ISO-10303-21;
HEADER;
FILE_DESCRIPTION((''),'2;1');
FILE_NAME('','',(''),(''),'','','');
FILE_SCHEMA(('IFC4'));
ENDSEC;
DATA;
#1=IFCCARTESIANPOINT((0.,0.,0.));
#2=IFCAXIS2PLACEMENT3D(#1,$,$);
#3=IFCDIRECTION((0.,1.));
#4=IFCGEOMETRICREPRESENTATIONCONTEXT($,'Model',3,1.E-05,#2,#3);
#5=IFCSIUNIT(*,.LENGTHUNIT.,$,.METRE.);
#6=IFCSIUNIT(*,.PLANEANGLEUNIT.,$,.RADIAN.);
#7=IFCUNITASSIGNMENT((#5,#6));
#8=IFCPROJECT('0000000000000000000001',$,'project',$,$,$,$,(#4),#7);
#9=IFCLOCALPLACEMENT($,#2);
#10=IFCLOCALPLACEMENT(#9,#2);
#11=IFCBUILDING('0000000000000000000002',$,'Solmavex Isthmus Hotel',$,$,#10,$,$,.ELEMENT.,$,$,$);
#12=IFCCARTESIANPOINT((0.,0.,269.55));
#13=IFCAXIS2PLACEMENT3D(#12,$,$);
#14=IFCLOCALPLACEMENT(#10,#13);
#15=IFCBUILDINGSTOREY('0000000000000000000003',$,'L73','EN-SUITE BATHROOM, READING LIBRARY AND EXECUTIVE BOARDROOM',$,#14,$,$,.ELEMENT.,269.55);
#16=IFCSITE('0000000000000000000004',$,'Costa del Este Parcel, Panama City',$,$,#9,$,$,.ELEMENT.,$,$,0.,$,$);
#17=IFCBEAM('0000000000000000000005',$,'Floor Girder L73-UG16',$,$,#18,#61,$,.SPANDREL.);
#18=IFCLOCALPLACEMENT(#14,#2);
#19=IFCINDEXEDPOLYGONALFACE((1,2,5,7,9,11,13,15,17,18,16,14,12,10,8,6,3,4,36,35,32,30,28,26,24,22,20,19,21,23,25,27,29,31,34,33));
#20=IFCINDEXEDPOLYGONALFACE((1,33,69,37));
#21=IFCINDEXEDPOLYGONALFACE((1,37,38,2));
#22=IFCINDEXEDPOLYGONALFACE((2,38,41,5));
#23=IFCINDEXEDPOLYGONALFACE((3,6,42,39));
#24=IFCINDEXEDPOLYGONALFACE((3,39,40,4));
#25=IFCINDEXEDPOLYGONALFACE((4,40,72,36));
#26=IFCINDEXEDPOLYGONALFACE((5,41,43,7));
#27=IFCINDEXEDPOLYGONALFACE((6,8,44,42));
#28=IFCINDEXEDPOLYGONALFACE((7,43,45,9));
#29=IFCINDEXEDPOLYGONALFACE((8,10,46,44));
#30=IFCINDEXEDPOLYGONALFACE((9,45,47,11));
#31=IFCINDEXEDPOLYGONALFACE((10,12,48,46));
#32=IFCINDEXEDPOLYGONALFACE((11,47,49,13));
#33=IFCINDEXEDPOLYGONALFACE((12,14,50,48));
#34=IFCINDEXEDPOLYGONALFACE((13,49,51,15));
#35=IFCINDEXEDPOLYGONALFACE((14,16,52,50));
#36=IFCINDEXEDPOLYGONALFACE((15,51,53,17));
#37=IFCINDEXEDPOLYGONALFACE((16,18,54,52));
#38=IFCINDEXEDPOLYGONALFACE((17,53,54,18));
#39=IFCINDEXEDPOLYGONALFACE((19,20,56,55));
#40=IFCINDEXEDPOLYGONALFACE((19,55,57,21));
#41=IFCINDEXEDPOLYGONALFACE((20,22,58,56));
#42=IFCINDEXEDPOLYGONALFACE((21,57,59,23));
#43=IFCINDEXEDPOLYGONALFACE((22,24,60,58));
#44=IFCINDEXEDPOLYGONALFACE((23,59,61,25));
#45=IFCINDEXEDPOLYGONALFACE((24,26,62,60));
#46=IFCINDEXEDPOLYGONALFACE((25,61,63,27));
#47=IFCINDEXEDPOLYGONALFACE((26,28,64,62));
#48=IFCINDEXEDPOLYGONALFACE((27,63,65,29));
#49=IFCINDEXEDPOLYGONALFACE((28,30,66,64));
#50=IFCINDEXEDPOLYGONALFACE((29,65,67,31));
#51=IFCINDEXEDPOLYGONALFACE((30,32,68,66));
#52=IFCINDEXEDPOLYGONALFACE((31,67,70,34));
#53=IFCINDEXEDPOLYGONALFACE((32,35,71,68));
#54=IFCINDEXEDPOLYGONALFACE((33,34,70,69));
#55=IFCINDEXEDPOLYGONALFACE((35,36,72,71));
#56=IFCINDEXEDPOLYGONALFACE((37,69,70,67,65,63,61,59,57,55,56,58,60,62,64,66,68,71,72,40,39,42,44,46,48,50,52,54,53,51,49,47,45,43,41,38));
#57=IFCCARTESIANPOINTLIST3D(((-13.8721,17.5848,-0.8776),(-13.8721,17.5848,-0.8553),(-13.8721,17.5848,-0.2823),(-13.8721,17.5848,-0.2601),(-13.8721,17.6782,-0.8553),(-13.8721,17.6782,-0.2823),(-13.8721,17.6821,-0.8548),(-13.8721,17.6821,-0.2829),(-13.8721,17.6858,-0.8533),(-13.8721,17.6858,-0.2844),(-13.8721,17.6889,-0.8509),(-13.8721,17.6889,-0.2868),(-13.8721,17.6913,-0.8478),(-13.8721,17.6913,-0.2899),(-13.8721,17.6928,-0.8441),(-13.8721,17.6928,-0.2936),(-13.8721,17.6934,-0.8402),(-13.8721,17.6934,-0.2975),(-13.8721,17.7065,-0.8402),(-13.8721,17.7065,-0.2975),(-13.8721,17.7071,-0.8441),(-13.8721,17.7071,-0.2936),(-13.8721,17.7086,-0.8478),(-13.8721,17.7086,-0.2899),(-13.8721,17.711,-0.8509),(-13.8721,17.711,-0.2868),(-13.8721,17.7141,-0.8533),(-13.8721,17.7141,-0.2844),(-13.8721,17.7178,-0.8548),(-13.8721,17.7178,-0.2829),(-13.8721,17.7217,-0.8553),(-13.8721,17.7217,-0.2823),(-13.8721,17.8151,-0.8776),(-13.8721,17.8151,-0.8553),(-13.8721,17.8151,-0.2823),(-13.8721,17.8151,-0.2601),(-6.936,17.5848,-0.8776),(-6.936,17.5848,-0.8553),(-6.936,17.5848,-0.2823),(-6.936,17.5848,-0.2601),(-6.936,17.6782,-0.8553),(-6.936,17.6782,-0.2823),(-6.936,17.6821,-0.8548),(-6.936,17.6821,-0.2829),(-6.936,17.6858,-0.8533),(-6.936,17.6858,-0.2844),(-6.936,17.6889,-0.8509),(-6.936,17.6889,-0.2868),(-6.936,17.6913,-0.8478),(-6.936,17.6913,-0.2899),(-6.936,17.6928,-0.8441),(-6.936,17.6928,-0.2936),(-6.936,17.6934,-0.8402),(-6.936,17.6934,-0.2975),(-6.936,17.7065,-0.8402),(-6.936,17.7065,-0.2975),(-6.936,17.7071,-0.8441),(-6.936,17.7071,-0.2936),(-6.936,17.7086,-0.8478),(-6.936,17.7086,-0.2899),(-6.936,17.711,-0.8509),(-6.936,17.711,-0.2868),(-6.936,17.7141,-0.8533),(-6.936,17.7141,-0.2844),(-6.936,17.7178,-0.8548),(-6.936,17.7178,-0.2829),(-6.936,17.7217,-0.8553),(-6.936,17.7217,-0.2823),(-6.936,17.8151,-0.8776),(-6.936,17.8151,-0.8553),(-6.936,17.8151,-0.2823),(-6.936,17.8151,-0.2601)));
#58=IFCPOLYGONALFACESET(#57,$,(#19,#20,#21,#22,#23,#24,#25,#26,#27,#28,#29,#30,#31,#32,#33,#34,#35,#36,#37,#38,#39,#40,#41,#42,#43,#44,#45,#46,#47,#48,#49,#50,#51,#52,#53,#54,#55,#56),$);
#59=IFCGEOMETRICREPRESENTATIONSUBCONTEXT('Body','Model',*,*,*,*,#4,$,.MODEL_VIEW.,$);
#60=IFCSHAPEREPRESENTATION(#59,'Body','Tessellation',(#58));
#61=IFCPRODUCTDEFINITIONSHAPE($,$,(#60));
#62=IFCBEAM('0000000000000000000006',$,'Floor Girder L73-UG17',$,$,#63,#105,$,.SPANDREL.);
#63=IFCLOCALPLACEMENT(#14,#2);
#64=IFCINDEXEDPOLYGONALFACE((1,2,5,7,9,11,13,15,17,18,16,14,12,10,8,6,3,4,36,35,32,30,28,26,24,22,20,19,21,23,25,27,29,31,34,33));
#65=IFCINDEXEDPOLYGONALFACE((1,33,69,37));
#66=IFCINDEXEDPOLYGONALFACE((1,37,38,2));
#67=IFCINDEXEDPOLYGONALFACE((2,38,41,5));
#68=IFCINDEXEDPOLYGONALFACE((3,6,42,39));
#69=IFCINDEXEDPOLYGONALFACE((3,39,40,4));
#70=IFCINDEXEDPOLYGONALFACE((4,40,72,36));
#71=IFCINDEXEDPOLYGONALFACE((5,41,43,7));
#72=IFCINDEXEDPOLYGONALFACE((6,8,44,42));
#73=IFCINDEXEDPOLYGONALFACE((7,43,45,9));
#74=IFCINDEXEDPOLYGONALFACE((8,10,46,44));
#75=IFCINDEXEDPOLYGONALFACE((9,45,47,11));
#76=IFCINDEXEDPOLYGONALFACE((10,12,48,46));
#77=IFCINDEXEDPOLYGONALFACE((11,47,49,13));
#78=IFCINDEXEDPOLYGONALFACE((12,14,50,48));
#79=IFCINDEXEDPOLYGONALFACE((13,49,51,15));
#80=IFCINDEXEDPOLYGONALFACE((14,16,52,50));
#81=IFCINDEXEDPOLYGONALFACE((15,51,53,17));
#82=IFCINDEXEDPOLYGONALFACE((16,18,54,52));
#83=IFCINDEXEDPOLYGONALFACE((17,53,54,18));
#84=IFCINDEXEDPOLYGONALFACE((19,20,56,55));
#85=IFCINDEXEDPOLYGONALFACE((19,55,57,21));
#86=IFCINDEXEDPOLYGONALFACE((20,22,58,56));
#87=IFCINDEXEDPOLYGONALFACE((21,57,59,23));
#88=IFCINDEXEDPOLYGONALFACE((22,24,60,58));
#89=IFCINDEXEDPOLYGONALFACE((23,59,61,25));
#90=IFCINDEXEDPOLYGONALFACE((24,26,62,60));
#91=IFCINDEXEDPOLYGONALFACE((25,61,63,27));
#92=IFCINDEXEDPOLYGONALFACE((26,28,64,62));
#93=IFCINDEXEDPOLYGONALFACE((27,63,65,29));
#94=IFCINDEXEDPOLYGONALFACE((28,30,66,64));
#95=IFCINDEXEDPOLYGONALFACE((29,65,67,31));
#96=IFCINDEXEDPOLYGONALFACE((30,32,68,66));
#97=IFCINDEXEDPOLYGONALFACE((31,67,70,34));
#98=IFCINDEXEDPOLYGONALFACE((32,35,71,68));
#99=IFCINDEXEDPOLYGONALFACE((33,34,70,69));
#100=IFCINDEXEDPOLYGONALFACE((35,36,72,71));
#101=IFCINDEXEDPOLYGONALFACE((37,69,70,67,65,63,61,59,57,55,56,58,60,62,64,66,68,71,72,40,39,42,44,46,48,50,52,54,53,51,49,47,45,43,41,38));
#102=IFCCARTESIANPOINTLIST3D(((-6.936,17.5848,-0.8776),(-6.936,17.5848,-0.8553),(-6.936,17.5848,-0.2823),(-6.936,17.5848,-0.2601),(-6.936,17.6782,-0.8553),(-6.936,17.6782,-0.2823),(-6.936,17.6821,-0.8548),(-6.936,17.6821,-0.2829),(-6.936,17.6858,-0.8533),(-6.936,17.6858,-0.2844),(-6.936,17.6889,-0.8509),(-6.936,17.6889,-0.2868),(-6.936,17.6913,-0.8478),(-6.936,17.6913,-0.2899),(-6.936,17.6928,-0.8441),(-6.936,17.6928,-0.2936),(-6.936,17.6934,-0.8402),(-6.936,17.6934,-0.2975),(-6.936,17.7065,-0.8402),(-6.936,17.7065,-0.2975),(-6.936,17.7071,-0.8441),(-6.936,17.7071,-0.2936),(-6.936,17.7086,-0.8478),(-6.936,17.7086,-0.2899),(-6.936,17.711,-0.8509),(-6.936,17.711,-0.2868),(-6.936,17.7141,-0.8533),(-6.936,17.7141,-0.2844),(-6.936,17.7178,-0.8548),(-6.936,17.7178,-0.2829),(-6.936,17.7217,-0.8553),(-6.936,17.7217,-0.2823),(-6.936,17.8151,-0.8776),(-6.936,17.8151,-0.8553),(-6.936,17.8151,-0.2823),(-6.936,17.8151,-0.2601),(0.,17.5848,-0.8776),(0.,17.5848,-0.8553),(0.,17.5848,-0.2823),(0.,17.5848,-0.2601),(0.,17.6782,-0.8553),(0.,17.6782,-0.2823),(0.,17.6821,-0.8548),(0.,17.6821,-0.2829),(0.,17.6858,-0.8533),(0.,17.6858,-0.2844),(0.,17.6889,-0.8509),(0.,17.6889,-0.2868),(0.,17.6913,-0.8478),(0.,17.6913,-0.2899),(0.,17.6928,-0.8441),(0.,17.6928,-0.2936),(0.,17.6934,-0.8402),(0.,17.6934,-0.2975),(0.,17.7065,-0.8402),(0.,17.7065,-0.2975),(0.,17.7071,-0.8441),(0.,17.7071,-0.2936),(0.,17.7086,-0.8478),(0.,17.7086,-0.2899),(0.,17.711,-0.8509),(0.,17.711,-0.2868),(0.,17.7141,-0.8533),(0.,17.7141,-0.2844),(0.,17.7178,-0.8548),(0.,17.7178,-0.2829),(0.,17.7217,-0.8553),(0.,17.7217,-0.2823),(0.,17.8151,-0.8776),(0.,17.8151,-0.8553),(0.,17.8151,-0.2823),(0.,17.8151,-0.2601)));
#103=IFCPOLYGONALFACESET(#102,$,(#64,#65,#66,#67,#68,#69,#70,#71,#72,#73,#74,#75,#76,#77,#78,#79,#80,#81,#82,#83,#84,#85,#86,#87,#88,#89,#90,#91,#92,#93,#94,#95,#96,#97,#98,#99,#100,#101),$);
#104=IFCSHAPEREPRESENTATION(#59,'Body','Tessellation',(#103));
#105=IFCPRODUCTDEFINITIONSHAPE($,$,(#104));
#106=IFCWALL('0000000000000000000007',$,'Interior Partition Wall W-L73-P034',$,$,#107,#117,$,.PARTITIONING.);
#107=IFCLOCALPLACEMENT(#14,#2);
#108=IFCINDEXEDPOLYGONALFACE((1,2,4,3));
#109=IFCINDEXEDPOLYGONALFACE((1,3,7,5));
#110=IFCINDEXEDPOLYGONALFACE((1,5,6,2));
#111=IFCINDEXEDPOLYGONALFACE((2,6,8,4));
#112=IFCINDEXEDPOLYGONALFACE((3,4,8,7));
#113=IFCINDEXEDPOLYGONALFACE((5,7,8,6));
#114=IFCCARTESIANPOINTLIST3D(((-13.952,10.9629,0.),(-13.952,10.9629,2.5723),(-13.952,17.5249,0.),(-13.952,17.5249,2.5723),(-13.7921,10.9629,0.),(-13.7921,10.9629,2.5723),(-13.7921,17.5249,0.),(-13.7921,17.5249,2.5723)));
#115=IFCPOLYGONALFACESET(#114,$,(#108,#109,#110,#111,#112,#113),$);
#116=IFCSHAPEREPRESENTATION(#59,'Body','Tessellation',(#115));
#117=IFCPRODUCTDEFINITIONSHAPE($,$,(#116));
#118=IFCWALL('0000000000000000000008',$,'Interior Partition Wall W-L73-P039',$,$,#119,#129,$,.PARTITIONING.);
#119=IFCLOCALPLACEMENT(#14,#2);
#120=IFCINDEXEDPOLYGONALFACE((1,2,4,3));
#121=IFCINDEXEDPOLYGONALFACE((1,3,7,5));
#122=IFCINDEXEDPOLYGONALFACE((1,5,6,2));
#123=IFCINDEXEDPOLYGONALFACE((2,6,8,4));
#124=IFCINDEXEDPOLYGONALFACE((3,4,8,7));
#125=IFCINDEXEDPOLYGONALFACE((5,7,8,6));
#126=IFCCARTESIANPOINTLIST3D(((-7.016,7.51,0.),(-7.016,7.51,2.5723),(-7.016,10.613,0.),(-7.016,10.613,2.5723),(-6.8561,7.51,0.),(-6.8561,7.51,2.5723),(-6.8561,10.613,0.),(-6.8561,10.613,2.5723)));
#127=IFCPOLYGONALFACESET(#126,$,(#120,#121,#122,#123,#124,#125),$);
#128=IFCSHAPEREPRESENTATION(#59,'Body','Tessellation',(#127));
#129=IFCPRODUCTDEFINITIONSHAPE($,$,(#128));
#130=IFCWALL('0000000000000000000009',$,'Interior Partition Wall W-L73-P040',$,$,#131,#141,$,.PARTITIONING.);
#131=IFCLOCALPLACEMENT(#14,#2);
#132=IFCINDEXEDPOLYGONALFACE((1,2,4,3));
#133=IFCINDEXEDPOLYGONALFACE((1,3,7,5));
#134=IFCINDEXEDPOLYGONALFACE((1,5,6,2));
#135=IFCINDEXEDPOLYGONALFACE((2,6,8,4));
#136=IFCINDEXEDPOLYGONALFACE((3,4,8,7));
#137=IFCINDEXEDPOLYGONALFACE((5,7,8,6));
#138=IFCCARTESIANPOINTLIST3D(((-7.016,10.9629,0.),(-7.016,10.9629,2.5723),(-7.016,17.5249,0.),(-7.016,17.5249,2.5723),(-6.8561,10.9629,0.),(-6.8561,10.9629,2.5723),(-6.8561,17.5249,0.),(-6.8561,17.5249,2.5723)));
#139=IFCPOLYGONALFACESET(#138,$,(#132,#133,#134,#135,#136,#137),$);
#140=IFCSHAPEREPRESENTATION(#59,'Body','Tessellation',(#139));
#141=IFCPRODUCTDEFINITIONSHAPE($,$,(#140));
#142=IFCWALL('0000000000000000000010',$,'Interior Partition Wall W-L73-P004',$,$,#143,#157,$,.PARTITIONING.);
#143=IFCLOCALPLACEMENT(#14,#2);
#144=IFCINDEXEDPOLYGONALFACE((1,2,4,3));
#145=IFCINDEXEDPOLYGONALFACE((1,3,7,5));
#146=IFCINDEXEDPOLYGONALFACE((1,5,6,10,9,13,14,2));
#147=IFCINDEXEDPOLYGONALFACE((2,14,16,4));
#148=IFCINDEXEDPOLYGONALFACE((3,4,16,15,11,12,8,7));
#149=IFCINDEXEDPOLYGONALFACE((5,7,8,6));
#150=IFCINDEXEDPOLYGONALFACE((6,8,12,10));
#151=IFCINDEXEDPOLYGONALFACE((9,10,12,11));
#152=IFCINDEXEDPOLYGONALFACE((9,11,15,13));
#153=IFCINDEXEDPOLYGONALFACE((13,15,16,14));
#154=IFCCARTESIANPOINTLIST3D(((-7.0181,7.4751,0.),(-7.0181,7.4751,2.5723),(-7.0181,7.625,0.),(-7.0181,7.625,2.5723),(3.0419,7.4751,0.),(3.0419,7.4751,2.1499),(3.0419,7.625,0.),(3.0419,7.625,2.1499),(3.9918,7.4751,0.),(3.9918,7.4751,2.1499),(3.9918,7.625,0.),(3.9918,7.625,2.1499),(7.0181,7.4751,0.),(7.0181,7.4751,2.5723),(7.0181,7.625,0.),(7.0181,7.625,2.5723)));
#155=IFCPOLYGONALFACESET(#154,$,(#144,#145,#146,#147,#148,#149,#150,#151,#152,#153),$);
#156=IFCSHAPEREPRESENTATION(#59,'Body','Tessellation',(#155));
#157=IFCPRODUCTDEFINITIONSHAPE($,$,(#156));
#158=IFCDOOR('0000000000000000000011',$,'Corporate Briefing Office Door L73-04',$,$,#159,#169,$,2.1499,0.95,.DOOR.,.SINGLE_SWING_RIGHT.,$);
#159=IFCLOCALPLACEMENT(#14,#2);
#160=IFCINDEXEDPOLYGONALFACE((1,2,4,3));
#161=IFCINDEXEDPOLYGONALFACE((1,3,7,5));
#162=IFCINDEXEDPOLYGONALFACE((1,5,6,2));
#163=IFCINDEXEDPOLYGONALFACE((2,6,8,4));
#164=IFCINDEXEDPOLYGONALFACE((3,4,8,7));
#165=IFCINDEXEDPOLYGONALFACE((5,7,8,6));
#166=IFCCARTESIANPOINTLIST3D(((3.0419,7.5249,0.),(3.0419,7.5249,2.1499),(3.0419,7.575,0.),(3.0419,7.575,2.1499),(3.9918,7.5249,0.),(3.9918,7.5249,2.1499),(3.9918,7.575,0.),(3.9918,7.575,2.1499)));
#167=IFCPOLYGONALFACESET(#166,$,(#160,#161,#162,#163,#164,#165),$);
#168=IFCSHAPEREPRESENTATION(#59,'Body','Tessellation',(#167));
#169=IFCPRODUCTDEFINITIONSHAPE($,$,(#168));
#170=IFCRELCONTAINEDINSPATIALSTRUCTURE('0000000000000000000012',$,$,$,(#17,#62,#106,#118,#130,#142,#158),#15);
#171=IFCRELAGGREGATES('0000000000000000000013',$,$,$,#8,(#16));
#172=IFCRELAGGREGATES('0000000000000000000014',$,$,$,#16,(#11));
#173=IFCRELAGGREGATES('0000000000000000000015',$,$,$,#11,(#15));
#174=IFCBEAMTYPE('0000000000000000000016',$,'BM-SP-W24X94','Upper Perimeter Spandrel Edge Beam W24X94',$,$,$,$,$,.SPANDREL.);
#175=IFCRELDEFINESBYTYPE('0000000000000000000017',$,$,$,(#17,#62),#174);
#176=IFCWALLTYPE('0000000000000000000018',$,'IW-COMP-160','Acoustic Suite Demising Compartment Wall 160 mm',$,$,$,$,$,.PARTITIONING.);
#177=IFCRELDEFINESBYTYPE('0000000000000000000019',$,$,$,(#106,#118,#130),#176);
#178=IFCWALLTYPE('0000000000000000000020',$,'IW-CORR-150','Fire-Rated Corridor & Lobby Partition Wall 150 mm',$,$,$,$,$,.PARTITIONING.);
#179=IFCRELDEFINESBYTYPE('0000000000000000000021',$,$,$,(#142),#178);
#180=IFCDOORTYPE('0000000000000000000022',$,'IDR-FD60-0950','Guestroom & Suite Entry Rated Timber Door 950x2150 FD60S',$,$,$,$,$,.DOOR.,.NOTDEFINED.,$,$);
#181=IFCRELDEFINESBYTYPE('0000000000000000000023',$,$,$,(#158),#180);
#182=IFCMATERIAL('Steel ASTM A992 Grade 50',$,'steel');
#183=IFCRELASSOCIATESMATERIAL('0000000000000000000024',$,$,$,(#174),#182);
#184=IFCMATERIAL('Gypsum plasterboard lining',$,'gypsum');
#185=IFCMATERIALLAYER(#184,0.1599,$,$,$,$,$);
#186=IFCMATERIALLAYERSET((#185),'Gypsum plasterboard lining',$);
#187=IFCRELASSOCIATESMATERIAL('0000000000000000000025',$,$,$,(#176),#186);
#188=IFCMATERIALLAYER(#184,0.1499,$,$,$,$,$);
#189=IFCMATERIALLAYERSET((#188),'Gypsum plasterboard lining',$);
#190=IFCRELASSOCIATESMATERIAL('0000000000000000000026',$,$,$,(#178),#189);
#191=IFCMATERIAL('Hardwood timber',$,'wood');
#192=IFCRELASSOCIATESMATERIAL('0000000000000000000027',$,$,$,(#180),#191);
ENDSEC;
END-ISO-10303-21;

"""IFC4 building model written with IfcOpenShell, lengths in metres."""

from ifc_helpers import new_model, si_unit, direction, frame, frame_2d, origin, origin_2d, place, context, subcontext, project, spatial, rectangle, i_section, extrude, material, layer, layer_set, material_profile, profile_set, type_object, element, fill, save


model = new_model("IFC4")

# Units and contexts
model_context = context("Model", 3, precision=1e-05, world=origin(), true_north=direction((0.0, 1.0)))
body_context = subcontext(model_context, "Body", "Model", "MODEL_VIEW")
ifc_project = project(units=[si_unit("LENGTHUNIT", "METRE"), si_unit("PLANEANGLEUNIT", "RADIAN")], contexts=[model_context])

# Site, building, storey
site_placement = place(None, origin())
site = spatial("IfcSite", under=ifc_project, at=site_placement, Name="Costa del Este Parcel, Panama City", CompositionType="ELEMENT", RefElevation=0.0)
building_placement = place(site_placement, origin())
building = spatial("IfcBuilding", under=site, at=building_placement, Name="Solmavex Isthmus Hotel", CompositionType="ELEMENT")
storey_placement = place(building_placement, frame((0.0, 0.0, 269.55)))
storey = spatial("IfcBuildingStorey", under=building, at=storey_placement, Name="L73", Description="EN-SUITE BATHROOM, READING LIBRARY AND EXECUTIVE BOARDROOM", CompositionType="ELEMENT", Elevation=269.55)

# Beams
ifc_material_1 = material(Name="Steel ASTM A992 Grade 50", Category="steel")
ifc_material_profile_1 = material_profile(ifc_material_1, i_section(OverallWidth=0.2302, OverallDepth=0.6174, WebThickness=0.0132, FlangeThickness=0.0222, FilletRadius=0.0151, at=origin_2d()), Name="W24X94")
ifc_profile_set_1 = profile_set([ifc_material_profile_1], Name="Steel ASTM A992 Grade 50")
beam_type_1 = type_object("IfcBeamType", Name="BM-SP-W24X94", Description="Upper Perimeter Spandrel Edge Beam W24X94", PredefinedType="SPANDREL", material=ifc_profile_set_1)
for number, where, z_axis, x_axis, name in (
    (1, (-13.8721, 17.7, -0.5688), (1.0, 0.0, 0.0), (0.0, 1.0, 0.0), "Floor Girder L73-UG16"),
    (2, (-6.936, 17.7, -0.5688), (1.0, 0.0, 0.0), (0.0, 1.0, 0.0), "Floor Girder L73-UG17"),
):
    element("IfcBeam", number, at=place(storey_placement, frame(where, z_axis=z_axis, x_axis=x_axis)), inside=storey, type_object=beam_type_1, Name=name, PredefinedType="SPANDREL", context=body_context, shape_type="SweptSolid", body=[
        extrude(i_section(OverallWidth=0.2302, OverallDepth=0.6174, WebThickness=0.0132, FlangeThickness=0.0222, FilletRadius=0.0151, at=origin_2d()), origin(), (0.0, 0.0, 1.0), 6.936),
    ])

# Walls
ifc_material_2 = material(Name="Gypsum plasterboard lining", Category="gypsum")
ifc_layer_1 = layer(ifc_material_2, 0.1599)
ifc_layer_set_1 = layer_set([ifc_layer_1], Name="Gypsum plasterboard lining")
wall_type_1 = type_object("IfcWallType", Name="IW-COMP-160", Description="Acoustic Suite Demising Compartment Wall 160 mm", PredefinedType="PARTITIONING", material=ifc_layer_set_1)
wall_1_placement = place(storey_placement, frame((-13.8721, 17.5249, 0.0), z_axis=(0.0, 0.0, 1.0), x_axis=(0.0, -1.0, 0.0)))
element("IfcWall", 3, at=wall_1_placement, inside=storey, type_object=wall_type_1, Name="Interior Partition Wall W-L73-P034", PredefinedType="PARTITIONING", context=body_context, shape_type="SweptSolid", body=[
    extrude(rectangle(XDim=6.562, YDim=0.1599, at=frame_2d((3.281, 0.0))), origin(), (0.0, 0.0, 1.0), 2.5723),
])
wall_2_placement = place(storey_placement, frame((-6.936, 10.613, 0.0), z_axis=(0.0, 0.0, 1.0), x_axis=(0.0, -1.0, 0.0)))
element("IfcWall", 4, at=wall_2_placement, inside=storey, type_object=wall_type_1, Name="Interior Partition Wall W-L73-P039", PredefinedType="PARTITIONING", context=body_context, shape_type="SweptSolid", body=[
    extrude(rectangle(XDim=3.103, YDim=0.1599, at=frame_2d((1.5515, 0.0))), origin(), (0.0, 0.0, 1.0), 2.5723),
])
wall_3_placement = place(storey_placement, frame((-6.936, 17.5249, 0.0), z_axis=(0.0, 0.0, 1.0), x_axis=(0.0, -1.0, 0.0)))
element("IfcWall", 5, at=wall_3_placement, inside=storey, type_object=wall_type_1, Name="Interior Partition Wall W-L73-P040", PredefinedType="PARTITIONING", context=body_context, shape_type="SweptSolid", body=[
    extrude(rectangle(XDim=6.562, YDim=0.1599, at=frame_2d((3.281, 0.0))), origin(), (0.0, 0.0, 1.0), 2.5723),
])

# Wall, opening, door
ifc_layer_2 = layer(ifc_material_2, 0.1499)
ifc_layer_set_2 = layer_set([ifc_layer_2], Name="Gypsum plasterboard lining")
wall_type_2 = type_object("IfcWallType", Name="IW-CORR-150", Description="Fire-Rated Corridor & Lobby Partition Wall 150 mm", PredefinedType="PARTITIONING", material=ifc_layer_set_2)
ifc_material_3 = material(Name="Hardwood timber", Category="wood")
door_type_1 = type_object("IfcDoorType", Name="IDR-FD60-0950", Description="Guestroom & Suite Entry Rated Timber Door 950x2150 FD60S", OperationType="NOTDEFINED", PredefinedType="DOOR", material=ifc_material_3)
wall_4_placement = place(storey_placement, frame((-7.0181, 7.55, 0.0), z_axis=(0.0, 0.0, 1.0), x_axis=(1.0, 0.0, 0.0)))
wall_4 = element("IfcWall", 6, at=wall_4_placement, inside=storey, type_object=wall_type_2, Name="Interior Partition Wall W-L73-P004", PredefinedType="PARTITIONING", context=body_context, shape_type="SweptSolid", body=[
    extrude(rectangle(XDim=14.0361, YDim=0.1499, at=frame_2d((7.0181, 0.0))), origin(), (0.0, 0.0, 1.0), 2.5723),
])
opening_1_placement = place(wall_4_placement, frame((10.0598, 0.0, 0.0)))
opening_1 = element("IfcOpeningElement", 7, at=opening_1_placement, cuts=wall_4, PredefinedType="OPENING", context=body_context, shape_type="SweptSolid", body=[
    extrude(rectangle(XDim=0.95, YDim=2.1499, at=frame_2d((0.4751, 1.075))), frame((0.0, 0.085, 0.0), z_axis=(0.0, -1.0, 0.0), x_axis=(1.0, 0.0, 0.0)), (0.0, 0.0, 1.0), 0.1699),
])
door_1_placement = place(opening_1_placement, origin())
door_1 = element("IfcDoor", 8, at=door_1_placement, inside=storey, type_object=door_type_1, Name="Corporate Briefing Office Door L73-04", OperationType="SINGLE_SWING_RIGHT", OverallHeight=2.1499, OverallWidth=0.95, PredefinedType="DOOR", context=body_context, shape_type="SweptSolid", body=[
    extrude(rectangle(XDim=0.95, YDim=2.1499, at=frame_2d((0.4751, 1.075))), frame((0.0, 0.0249, 0.0), z_axis=(0.0, -1.0, 0.0), x_axis=(1.0, 0.0, 0.0)), (0.0, 0.0, 1.0), 0.05),
])
fill(opening_1, door_1)

save(model, "model.ifc")
